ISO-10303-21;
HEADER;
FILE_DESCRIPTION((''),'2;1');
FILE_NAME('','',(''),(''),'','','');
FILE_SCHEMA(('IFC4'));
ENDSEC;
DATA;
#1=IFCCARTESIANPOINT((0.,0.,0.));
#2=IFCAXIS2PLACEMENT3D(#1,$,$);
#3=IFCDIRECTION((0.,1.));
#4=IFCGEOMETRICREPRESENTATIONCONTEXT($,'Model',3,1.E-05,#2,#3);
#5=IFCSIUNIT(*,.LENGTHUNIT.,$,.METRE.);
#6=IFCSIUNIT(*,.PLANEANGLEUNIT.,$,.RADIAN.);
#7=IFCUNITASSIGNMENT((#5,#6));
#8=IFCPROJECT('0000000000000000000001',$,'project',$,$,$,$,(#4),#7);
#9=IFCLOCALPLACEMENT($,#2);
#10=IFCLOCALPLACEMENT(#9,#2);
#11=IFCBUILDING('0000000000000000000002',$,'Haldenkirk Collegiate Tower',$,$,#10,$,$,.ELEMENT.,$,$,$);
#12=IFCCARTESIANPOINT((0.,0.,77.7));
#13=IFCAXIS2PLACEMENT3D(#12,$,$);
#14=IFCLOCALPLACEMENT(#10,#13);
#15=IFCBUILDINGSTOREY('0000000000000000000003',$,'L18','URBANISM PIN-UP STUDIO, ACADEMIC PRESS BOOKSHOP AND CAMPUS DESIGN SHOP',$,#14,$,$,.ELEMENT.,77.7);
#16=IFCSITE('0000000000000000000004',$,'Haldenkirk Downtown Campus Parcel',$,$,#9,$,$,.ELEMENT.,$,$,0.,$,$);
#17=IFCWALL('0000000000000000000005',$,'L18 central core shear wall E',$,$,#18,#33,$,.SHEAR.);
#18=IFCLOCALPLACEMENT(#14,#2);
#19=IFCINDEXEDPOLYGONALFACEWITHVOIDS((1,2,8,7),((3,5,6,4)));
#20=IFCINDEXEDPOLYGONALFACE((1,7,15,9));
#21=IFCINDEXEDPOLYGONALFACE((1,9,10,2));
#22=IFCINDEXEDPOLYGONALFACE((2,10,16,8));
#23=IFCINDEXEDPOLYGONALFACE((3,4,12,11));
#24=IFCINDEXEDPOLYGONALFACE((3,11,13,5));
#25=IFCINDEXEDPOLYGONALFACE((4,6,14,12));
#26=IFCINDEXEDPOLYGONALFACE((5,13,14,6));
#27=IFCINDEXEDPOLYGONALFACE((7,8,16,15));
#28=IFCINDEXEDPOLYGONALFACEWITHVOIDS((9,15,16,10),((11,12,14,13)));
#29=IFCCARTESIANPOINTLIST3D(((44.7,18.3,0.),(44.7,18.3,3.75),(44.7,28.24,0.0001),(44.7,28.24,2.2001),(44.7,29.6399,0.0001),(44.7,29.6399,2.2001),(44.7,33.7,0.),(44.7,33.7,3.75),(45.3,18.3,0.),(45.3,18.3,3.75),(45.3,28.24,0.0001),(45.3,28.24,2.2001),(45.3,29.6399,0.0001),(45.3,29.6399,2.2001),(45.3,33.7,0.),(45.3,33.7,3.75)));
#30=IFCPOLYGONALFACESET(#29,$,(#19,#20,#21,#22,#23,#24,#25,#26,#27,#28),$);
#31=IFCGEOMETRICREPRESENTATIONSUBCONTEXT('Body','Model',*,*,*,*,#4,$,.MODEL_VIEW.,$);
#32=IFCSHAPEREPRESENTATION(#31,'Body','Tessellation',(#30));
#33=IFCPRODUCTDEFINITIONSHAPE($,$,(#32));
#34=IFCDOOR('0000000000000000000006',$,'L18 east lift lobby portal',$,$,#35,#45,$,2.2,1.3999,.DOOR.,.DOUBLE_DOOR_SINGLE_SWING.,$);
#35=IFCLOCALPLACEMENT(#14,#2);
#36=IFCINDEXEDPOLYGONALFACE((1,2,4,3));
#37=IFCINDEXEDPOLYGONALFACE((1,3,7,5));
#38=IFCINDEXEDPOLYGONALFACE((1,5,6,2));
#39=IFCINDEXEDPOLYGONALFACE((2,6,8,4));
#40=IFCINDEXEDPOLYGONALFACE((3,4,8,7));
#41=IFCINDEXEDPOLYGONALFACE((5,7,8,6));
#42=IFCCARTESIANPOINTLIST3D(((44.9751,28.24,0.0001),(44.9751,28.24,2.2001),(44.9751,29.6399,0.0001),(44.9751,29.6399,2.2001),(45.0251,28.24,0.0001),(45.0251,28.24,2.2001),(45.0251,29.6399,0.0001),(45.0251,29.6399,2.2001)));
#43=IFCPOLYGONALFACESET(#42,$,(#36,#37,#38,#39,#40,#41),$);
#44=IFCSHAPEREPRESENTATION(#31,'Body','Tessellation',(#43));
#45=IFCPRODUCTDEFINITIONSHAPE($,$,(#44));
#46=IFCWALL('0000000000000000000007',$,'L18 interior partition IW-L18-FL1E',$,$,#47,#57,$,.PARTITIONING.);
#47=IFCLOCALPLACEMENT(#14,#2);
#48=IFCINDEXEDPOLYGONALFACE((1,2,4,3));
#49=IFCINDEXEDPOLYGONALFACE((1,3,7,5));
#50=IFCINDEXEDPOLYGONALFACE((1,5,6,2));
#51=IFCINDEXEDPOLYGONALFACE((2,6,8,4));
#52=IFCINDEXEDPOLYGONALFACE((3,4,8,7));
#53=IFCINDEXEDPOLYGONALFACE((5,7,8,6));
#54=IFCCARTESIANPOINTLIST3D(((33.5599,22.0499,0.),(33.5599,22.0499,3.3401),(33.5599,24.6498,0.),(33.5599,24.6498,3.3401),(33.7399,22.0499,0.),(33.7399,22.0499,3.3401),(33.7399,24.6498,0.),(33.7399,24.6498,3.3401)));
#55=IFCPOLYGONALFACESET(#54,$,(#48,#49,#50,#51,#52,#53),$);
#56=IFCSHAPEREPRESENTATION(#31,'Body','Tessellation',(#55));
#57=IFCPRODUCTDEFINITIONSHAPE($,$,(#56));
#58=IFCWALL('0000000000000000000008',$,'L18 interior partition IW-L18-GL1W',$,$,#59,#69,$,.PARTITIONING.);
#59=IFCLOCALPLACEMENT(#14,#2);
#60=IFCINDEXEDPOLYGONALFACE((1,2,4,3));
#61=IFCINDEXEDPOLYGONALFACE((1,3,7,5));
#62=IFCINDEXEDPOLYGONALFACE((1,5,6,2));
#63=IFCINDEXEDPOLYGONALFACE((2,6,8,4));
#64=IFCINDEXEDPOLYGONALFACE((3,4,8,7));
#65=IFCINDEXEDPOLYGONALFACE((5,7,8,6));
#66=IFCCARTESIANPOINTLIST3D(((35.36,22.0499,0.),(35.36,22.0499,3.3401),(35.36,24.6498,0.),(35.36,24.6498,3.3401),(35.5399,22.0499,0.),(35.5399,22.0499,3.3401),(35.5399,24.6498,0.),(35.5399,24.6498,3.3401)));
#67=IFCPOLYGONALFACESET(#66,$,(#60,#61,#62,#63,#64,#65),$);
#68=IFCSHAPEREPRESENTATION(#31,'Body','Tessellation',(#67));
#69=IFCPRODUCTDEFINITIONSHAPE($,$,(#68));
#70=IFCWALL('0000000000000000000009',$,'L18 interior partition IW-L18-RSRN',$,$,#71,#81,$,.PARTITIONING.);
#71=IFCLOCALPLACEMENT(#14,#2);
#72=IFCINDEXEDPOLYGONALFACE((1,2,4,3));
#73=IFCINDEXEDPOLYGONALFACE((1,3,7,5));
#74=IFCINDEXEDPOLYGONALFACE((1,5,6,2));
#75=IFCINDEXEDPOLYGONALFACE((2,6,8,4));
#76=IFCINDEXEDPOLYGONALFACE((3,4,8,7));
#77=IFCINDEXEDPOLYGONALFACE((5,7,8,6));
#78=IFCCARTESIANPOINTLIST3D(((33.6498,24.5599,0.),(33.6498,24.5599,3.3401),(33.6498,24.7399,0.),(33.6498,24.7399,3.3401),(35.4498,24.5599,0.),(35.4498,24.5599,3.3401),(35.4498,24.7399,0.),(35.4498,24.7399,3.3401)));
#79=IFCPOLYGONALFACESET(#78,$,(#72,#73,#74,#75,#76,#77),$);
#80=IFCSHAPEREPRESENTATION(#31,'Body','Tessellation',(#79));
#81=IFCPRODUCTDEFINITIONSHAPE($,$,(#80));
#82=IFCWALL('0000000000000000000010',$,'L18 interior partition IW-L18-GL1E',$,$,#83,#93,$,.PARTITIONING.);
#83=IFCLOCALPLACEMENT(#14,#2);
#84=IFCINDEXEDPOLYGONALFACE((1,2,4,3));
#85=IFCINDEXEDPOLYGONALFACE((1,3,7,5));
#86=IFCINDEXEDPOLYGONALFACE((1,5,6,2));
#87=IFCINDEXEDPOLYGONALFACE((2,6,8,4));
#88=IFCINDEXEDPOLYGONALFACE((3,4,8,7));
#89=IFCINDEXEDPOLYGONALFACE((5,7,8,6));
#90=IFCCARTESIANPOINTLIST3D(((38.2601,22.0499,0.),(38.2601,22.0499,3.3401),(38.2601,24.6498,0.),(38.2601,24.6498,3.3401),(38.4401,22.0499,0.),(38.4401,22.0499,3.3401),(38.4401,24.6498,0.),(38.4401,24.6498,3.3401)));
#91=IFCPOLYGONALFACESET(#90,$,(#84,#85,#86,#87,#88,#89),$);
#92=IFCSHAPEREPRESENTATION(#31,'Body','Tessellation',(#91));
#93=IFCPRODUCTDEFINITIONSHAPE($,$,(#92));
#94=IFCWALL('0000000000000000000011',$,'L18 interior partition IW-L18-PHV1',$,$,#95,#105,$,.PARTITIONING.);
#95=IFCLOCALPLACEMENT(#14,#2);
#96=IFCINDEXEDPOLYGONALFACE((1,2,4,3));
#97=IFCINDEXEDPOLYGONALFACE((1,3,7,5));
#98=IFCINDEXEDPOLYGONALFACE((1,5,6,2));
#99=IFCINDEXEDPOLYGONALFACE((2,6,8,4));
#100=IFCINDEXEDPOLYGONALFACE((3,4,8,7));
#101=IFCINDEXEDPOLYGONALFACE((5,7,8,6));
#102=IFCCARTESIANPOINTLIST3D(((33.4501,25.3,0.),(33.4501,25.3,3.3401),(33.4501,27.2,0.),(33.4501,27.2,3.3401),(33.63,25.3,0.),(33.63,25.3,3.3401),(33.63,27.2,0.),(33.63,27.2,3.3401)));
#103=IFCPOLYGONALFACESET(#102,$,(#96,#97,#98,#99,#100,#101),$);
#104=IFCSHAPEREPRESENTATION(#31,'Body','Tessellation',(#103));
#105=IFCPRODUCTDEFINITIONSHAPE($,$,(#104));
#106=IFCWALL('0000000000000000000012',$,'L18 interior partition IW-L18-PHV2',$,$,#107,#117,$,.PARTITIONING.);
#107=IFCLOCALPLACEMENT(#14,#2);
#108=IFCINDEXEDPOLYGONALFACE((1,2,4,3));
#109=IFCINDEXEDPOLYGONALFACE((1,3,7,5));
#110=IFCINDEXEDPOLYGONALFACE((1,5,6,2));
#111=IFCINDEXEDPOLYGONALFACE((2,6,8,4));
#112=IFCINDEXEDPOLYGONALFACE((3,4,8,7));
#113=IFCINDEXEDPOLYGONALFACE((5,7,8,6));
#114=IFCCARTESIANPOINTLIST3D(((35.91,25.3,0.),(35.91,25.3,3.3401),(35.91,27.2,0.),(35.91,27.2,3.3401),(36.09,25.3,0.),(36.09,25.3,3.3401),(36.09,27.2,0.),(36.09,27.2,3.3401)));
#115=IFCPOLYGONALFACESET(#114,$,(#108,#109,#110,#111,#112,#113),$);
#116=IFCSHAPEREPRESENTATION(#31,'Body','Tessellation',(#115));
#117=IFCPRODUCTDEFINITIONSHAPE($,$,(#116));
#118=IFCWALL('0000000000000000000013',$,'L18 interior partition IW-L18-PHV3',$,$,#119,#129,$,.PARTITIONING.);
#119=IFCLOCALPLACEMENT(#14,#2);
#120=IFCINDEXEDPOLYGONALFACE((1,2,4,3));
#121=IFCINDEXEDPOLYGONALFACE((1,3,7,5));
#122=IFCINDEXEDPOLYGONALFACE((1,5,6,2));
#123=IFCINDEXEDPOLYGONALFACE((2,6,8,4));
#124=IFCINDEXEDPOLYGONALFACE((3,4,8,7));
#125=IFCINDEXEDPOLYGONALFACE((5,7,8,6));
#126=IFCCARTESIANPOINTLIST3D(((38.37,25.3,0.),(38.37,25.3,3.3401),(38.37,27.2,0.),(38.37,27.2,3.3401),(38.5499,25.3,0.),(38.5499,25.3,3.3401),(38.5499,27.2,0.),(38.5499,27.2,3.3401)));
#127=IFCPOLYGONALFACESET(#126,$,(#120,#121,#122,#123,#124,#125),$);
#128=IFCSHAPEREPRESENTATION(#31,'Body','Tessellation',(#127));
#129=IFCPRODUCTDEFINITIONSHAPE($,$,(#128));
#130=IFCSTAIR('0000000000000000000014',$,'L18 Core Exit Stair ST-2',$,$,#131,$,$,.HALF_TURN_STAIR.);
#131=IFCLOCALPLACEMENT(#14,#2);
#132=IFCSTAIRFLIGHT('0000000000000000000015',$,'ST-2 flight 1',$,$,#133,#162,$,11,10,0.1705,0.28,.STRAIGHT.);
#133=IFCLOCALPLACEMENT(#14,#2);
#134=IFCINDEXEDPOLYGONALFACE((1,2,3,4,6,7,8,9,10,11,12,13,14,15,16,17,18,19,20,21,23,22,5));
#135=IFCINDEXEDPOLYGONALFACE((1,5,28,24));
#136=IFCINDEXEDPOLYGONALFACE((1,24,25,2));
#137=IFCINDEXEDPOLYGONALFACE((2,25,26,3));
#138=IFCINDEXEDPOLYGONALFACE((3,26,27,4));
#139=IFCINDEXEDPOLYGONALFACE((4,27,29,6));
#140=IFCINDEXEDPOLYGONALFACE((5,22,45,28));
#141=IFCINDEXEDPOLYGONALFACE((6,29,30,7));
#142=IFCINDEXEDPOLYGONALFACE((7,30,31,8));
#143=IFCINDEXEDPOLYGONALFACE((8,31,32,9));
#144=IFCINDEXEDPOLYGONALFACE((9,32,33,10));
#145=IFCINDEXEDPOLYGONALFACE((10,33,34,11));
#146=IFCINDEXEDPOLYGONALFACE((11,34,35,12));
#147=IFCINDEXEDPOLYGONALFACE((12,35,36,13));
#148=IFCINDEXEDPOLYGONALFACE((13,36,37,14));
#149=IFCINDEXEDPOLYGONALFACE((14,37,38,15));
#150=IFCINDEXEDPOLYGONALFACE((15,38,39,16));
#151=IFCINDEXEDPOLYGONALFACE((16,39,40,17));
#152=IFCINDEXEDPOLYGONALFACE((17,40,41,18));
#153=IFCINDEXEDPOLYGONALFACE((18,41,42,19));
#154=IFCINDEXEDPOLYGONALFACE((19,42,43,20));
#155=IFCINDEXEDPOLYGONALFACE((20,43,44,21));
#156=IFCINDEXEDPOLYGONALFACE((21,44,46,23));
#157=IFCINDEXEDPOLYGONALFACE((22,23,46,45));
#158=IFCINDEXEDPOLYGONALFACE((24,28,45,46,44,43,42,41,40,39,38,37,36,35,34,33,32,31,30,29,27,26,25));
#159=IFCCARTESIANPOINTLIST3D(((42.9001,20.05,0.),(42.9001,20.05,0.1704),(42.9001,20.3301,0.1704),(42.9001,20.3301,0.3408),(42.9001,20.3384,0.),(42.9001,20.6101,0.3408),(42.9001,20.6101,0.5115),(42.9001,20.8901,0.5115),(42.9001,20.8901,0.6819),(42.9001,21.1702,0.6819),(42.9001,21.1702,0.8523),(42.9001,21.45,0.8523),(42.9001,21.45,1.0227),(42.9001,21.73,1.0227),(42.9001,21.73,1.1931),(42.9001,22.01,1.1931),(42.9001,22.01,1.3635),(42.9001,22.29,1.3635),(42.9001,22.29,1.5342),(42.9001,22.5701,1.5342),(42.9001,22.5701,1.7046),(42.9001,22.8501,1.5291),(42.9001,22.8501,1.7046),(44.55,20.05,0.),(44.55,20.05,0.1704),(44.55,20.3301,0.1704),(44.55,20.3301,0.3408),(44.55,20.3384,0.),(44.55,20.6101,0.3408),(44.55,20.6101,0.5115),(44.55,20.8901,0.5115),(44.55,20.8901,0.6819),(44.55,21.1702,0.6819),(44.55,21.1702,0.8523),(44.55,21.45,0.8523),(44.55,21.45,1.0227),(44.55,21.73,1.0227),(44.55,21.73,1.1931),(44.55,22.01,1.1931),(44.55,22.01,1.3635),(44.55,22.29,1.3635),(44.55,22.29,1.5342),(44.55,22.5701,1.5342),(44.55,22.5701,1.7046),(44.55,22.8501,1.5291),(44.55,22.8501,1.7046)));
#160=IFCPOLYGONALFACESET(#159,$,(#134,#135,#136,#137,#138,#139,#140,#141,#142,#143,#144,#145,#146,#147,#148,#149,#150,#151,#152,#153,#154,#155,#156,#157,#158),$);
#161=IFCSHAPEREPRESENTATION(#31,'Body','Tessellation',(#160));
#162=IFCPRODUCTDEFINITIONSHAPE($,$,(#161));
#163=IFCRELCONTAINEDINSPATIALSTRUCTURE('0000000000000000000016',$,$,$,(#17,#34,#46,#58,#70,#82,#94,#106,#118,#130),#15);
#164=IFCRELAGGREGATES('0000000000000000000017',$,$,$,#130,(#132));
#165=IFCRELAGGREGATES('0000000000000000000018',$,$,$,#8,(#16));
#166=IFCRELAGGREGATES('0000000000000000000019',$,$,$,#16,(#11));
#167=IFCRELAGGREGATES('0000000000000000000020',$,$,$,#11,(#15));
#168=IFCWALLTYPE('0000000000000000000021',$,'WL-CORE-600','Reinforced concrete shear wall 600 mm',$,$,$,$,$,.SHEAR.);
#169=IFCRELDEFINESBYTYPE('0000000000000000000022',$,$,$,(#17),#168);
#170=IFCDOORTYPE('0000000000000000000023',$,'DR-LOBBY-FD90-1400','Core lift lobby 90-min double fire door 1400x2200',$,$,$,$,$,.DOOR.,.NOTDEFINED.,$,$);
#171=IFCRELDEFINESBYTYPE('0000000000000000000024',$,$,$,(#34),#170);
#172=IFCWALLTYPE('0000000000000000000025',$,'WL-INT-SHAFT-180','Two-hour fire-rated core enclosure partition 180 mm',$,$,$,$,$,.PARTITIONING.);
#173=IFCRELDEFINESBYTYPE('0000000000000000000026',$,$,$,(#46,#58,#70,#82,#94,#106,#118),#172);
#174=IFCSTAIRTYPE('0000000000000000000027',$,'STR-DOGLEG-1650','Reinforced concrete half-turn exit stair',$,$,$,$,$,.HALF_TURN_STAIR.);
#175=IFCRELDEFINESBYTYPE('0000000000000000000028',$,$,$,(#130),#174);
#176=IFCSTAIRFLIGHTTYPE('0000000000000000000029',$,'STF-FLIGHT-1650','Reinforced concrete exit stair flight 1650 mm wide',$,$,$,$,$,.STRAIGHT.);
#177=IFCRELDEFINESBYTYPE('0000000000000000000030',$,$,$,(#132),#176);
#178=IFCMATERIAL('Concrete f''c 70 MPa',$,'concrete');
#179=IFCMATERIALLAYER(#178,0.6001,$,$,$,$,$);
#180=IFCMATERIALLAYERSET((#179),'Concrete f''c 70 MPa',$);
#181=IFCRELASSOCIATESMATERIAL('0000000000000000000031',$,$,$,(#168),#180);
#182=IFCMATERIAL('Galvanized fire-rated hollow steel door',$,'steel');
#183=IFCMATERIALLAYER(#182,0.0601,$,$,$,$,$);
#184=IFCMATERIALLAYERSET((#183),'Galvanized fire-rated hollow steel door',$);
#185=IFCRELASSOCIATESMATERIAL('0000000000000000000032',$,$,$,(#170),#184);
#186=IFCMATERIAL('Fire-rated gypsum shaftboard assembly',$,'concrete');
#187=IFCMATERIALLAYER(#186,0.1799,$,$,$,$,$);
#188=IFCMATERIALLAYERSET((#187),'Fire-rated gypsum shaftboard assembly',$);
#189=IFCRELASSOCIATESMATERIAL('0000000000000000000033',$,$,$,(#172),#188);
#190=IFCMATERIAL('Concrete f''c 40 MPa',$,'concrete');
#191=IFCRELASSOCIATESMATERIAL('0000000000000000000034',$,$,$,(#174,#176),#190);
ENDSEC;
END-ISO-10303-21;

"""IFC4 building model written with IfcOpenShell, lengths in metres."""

from ifc_helpers import new_model, si_unit, direction, frame, frame_2d, origin, place, context, subcontext, project, spatial, polyline, rectangle, outline, extrude, material, layer, layer_set, type_object, element, fill, aggregate, save


model = new_model("IFC4")

# Units and contexts
model_context = context("Model", 3, precision=1e-05, world=origin(), true_north=direction((0.0, 1.0)))
body_context = subcontext(model_context, "Body", "Model", "MODEL_VIEW")
ifc_project = project(units=[si_unit("LENGTHUNIT", "METRE"), si_unit("PLANEANGLEUNIT", "RADIAN")], contexts=[model_context])

# Site, building, storey
site_placement = place(None, origin())
site = spatial("IfcSite", under=ifc_project, at=site_placement, Name="Haldenkirk Downtown Campus Parcel", CompositionType="ELEMENT", RefElevation=0.0)
building_placement = place(site_placement, origin())
building = spatial("IfcBuilding", under=site, at=building_placement, Name="Haldenkirk Collegiate Tower", CompositionType="ELEMENT")
storey_placement = place(building_placement, frame((0.0, 0.0, 77.7)))
storey = spatial("IfcBuildingStorey", under=building, at=storey_placement, Name="L18", Description="URBANISM PIN-UP STUDIO, ACADEMIC PRESS BOOKSHOP AND CAMPUS DESIGN SHOP", CompositionType="ELEMENT", Elevation=77.7)

# Wall, opening, door
ifc_material_1 = material(Name="Concrete f'c 70 MPa", Category="concrete")
ifc_layer_1 = layer(ifc_material_1, 0.6001)
ifc_layer_set_1 = layer_set([ifc_layer_1], Name="Concrete f'c 70 MPa")
wall_type_1 = type_object("IfcWallType", Name="WL-CORE-600", Description="Reinforced concrete shear wall 600 mm", PredefinedType="SHEAR", material=ifc_layer_set_1)
wall_1_placement = place(storey_placement, frame((45.0, 18.3, 0.0), z_axis=(0.0, 0.0, 1.0), x_axis=(0.0, 1.0, 0.0)))
wall_1 = element("IfcWall", 1, at=wall_1_placement, inside=storey, type_object=wall_type_1, Name="L18 central core shear wall E", PredefinedType="SHEAR", context=body_context, shape_type="SweptSolid", body=[
    extrude(rectangle(XDim=15.3999, YDim=0.6001, at=frame_2d((7.7, 0.0))), origin(), (0.0, 0.0, 1.0), 3.75),
])
opening_1_placement = place(wall_1_placement, frame((9.9399, 0.0, 0.0)))
opening_1 = element("IfcOpeningElement", 2, at=opening_1_placement, cuts=wall_1, PredefinedType="OPENING", context=body_context, shape_type="SweptSolid", body=[
    extrude(rectangle(XDim=1.3999, YDim=2.2, at=frame_2d((0.7, 1.1001))), frame((0.0, 0.3101, 0.0), z_axis=(0.0, -1.0, 0.0), x_axis=(1.0, 0.0, 0.0)), (0.0, 0.0, 1.0), 0.6201),
])
ifc_material_2 = material(Name="Galvanized fire-rated hollow steel door", Category="steel")
ifc_layer_2 = layer(ifc_material_2, 0.0601)
ifc_layer_set_2 = layer_set([ifc_layer_2], Name="Galvanized fire-rated hollow steel door")
door_type_1 = type_object("IfcDoorType", Name="DR-LOBBY-FD90-1400", Description="Core lift lobby 90-min double fire door 1400x2200", OperationType="NOTDEFINED", PredefinedType="DOOR", material=ifc_layer_set_2)
door_1_placement = place(opening_1_placement, origin())
door_1 = element("IfcDoor", 3, at=door_1_placement, inside=storey, type_object=door_type_1, Name="L18 east lift lobby portal", OperationType="DOUBLE_DOOR_SINGLE_SWING", OverallHeight=2.2, OverallWidth=1.3999, PredefinedType="DOOR", context=body_context, shape_type="SweptSolid", body=[
    extrude(rectangle(XDim=1.3999, YDim=2.2, at=frame_2d((0.7, 1.1001))), frame((0.0, 0.0249, 0.0), z_axis=(0.0, -1.0, 0.0), x_axis=(1.0, 0.0, 0.0)), (0.0, 0.0, 1.0), 0.05),
])
fill(opening_1, door_1)

# Walls
ifc_material_3 = material(Name="Fire-rated gypsum shaftboard assembly", Category="concrete")
ifc_layer_3 = layer(ifc_material_3, 0.1799)
ifc_layer_set_3 = layer_set([ifc_layer_3], Name="Fire-rated gypsum shaftboard assembly")
wall_type_2 = type_object("IfcWallType", Name="WL-INT-SHAFT-180", Description="Two-hour fire-rated core enclosure partition 180 mm", PredefinedType="PARTITIONING", material=ifc_layer_set_3)
for number, where, z_axis, x_axis, name in (
    (4, (33.6499, 22.05, 0.0), (0.0, 0.0, 1.0), (0.0, 1.0, 0.0), "L18 interior partition IW-L18-FL1E"),
    (5, (35.45, 22.05, 0.0), (0.0, 0.0, 1.0), (0.0, 1.0, 0.0), "L18 interior partition IW-L18-GL1W"),
):
    element("IfcWall", number, at=place(storey_placement, frame(where, z_axis=z_axis, x_axis=x_axis)), inside=storey, type_object=wall_type_2, Name=name, PredefinedType="PARTITIONING", context=body_context, shape_type="SweptSolid", body=[
        extrude(rectangle(XDim=2.5999, YDim=0.1799, at=frame_2d((1.2998, 0.0))), origin(), (0.0, 0.0, 1.0), 3.3401),
    ])
wall_2_placement = place(storey_placement, frame((33.6499, 24.6499, 0.0), z_axis=(0.0, 0.0, 1.0), x_axis=(1.0, 0.0, 0.0)))
element("IfcWall", 6, at=wall_2_placement, inside=storey, type_object=wall_type_2, Name="L18 interior partition IW-L18-RSRN", PredefinedType="PARTITIONING", context=body_context, shape_type="SweptSolid", body=[
    extrude(rectangle(XDim=1.8, YDim=0.1799, at=frame_2d((0.8999, 0.0))), origin(), (0.0, 0.0, 1.0), 3.3401),
])
wall_3_placement = place(storey_placement, frame((38.3501, 22.05, 0.0), z_axis=(0.0, 0.0, 1.0), x_axis=(0.0, 1.0, 0.0)))
element("IfcWall", 7, at=wall_3_placement, inside=storey, type_object=wall_type_2, Name="L18 interior partition IW-L18-GL1E", PredefinedType="PARTITIONING", context=body_context, shape_type="SweptSolid", body=[
    extrude(rectangle(XDim=2.5999, YDim=0.1799, at=frame_2d((1.2998, 0.0))), origin(), (0.0, 0.0, 1.0), 3.3401),
])
for number, where, z_axis, x_axis, name in (
    (8, (33.54, 25.3, 0.0), (0.0, 0.0, 1.0), (0.0, 1.0, 0.0), "L18 interior partition IW-L18-PHV1"),
    (9, (36.0, 25.3, 0.0), (0.0, 0.0, 1.0), (0.0, 1.0, 0.0), "L18 interior partition IW-L18-PHV2"),
    (10, (38.46, 25.3, 0.0), (0.0, 0.0, 1.0), (0.0, 1.0, 0.0), "L18 interior partition IW-L18-PHV3"),
):
    element("IfcWall", number, at=place(storey_placement, frame(where, z_axis=z_axis, x_axis=x_axis)), inside=storey, type_object=wall_type_2, Name=name, PredefinedType="PARTITIONING", context=body_context, shape_type="SweptSolid", body=[
        extrude(rectangle(XDim=1.8999, YDim=0.1799, at=frame_2d((0.95, 0.0))), origin(), (0.0, 0.0, 1.0), 3.3401),
    ])

# Stair, stair flight
ifc_material_4 = material(Name="Concrete f'c 40 MPa", Category="concrete")
stair_type = type_object("IfcStairType", Name="STR-DOGLEG-1650", Description="Reinforced concrete half-turn exit stair", PredefinedType="HALF_TURN_STAIR", material=ifc_material_4)
stair_placement = place(storey_placement, origin())
stair = element("IfcStair", 11, at=stair_placement, inside=storey, type_object=stair_type, Name="L18 Core Exit Stair ST-2", PredefinedType="HALF_TURN_STAIR")
stair_flight_type = type_object("IfcStairFlightType", Name="STF-FLIGHT-1650", Description="Reinforced concrete exit stair flight 1650 mm wide", PredefinedType="STRAIGHT", material=ifc_material_4)
stair_flight_1_placement = place(storey_placement, frame((43.7251, 20.05, 0.0), z_axis=(0.0, 0.0, 1.0), x_axis=(0.0, 1.0, 0.0)))
stair_flight_1 = element("IfcStairFlight", 12, at=stair_flight_1_placement, type_object=stair_flight_type, Name="ST-2 flight 1", NumberOfRisers=11, NumberOfTreads=10, PredefinedType="STRAIGHT", RiserHeight=0.1705, TreadLength=0.28, context=body_context, shape_type="SweptSolid", body=[
    extrude(outline(polyline([(0.0, 0.0), (0.0, 0.1704), (0.28, 0.1704), (0.28, 0.3408), (0.5601, 0.3408), (0.5601, 0.5115), (0.8401, 0.5115), (0.8401, 0.6819), (1.1201, 0.6819), (1.1201, 0.8523), (1.3999, 0.8523), (1.3999, 1.0227), (1.6799, 1.0227), (1.6799, 1.1931), (1.96, 1.1931), (1.96, 1.3635), (2.24, 1.3635), (2.24, 1.5342), (2.52, 1.5342), (2.52, 1.7046), (2.8, 1.7046), (2.8, 1.875), (2.8, 1.5291), (0.2883, 0.0), (0.0, 0.0)])), frame((0.0, 0.825, 0.0), z_axis=(0.0, -1.0, 0.0), x_axis=(1.0, 0.0, 0.0)), (0.0, 0.0, 1.0), 1.6499),
])
aggregate(stair, [stair_flight_1])

save(model, "model.ifc")
